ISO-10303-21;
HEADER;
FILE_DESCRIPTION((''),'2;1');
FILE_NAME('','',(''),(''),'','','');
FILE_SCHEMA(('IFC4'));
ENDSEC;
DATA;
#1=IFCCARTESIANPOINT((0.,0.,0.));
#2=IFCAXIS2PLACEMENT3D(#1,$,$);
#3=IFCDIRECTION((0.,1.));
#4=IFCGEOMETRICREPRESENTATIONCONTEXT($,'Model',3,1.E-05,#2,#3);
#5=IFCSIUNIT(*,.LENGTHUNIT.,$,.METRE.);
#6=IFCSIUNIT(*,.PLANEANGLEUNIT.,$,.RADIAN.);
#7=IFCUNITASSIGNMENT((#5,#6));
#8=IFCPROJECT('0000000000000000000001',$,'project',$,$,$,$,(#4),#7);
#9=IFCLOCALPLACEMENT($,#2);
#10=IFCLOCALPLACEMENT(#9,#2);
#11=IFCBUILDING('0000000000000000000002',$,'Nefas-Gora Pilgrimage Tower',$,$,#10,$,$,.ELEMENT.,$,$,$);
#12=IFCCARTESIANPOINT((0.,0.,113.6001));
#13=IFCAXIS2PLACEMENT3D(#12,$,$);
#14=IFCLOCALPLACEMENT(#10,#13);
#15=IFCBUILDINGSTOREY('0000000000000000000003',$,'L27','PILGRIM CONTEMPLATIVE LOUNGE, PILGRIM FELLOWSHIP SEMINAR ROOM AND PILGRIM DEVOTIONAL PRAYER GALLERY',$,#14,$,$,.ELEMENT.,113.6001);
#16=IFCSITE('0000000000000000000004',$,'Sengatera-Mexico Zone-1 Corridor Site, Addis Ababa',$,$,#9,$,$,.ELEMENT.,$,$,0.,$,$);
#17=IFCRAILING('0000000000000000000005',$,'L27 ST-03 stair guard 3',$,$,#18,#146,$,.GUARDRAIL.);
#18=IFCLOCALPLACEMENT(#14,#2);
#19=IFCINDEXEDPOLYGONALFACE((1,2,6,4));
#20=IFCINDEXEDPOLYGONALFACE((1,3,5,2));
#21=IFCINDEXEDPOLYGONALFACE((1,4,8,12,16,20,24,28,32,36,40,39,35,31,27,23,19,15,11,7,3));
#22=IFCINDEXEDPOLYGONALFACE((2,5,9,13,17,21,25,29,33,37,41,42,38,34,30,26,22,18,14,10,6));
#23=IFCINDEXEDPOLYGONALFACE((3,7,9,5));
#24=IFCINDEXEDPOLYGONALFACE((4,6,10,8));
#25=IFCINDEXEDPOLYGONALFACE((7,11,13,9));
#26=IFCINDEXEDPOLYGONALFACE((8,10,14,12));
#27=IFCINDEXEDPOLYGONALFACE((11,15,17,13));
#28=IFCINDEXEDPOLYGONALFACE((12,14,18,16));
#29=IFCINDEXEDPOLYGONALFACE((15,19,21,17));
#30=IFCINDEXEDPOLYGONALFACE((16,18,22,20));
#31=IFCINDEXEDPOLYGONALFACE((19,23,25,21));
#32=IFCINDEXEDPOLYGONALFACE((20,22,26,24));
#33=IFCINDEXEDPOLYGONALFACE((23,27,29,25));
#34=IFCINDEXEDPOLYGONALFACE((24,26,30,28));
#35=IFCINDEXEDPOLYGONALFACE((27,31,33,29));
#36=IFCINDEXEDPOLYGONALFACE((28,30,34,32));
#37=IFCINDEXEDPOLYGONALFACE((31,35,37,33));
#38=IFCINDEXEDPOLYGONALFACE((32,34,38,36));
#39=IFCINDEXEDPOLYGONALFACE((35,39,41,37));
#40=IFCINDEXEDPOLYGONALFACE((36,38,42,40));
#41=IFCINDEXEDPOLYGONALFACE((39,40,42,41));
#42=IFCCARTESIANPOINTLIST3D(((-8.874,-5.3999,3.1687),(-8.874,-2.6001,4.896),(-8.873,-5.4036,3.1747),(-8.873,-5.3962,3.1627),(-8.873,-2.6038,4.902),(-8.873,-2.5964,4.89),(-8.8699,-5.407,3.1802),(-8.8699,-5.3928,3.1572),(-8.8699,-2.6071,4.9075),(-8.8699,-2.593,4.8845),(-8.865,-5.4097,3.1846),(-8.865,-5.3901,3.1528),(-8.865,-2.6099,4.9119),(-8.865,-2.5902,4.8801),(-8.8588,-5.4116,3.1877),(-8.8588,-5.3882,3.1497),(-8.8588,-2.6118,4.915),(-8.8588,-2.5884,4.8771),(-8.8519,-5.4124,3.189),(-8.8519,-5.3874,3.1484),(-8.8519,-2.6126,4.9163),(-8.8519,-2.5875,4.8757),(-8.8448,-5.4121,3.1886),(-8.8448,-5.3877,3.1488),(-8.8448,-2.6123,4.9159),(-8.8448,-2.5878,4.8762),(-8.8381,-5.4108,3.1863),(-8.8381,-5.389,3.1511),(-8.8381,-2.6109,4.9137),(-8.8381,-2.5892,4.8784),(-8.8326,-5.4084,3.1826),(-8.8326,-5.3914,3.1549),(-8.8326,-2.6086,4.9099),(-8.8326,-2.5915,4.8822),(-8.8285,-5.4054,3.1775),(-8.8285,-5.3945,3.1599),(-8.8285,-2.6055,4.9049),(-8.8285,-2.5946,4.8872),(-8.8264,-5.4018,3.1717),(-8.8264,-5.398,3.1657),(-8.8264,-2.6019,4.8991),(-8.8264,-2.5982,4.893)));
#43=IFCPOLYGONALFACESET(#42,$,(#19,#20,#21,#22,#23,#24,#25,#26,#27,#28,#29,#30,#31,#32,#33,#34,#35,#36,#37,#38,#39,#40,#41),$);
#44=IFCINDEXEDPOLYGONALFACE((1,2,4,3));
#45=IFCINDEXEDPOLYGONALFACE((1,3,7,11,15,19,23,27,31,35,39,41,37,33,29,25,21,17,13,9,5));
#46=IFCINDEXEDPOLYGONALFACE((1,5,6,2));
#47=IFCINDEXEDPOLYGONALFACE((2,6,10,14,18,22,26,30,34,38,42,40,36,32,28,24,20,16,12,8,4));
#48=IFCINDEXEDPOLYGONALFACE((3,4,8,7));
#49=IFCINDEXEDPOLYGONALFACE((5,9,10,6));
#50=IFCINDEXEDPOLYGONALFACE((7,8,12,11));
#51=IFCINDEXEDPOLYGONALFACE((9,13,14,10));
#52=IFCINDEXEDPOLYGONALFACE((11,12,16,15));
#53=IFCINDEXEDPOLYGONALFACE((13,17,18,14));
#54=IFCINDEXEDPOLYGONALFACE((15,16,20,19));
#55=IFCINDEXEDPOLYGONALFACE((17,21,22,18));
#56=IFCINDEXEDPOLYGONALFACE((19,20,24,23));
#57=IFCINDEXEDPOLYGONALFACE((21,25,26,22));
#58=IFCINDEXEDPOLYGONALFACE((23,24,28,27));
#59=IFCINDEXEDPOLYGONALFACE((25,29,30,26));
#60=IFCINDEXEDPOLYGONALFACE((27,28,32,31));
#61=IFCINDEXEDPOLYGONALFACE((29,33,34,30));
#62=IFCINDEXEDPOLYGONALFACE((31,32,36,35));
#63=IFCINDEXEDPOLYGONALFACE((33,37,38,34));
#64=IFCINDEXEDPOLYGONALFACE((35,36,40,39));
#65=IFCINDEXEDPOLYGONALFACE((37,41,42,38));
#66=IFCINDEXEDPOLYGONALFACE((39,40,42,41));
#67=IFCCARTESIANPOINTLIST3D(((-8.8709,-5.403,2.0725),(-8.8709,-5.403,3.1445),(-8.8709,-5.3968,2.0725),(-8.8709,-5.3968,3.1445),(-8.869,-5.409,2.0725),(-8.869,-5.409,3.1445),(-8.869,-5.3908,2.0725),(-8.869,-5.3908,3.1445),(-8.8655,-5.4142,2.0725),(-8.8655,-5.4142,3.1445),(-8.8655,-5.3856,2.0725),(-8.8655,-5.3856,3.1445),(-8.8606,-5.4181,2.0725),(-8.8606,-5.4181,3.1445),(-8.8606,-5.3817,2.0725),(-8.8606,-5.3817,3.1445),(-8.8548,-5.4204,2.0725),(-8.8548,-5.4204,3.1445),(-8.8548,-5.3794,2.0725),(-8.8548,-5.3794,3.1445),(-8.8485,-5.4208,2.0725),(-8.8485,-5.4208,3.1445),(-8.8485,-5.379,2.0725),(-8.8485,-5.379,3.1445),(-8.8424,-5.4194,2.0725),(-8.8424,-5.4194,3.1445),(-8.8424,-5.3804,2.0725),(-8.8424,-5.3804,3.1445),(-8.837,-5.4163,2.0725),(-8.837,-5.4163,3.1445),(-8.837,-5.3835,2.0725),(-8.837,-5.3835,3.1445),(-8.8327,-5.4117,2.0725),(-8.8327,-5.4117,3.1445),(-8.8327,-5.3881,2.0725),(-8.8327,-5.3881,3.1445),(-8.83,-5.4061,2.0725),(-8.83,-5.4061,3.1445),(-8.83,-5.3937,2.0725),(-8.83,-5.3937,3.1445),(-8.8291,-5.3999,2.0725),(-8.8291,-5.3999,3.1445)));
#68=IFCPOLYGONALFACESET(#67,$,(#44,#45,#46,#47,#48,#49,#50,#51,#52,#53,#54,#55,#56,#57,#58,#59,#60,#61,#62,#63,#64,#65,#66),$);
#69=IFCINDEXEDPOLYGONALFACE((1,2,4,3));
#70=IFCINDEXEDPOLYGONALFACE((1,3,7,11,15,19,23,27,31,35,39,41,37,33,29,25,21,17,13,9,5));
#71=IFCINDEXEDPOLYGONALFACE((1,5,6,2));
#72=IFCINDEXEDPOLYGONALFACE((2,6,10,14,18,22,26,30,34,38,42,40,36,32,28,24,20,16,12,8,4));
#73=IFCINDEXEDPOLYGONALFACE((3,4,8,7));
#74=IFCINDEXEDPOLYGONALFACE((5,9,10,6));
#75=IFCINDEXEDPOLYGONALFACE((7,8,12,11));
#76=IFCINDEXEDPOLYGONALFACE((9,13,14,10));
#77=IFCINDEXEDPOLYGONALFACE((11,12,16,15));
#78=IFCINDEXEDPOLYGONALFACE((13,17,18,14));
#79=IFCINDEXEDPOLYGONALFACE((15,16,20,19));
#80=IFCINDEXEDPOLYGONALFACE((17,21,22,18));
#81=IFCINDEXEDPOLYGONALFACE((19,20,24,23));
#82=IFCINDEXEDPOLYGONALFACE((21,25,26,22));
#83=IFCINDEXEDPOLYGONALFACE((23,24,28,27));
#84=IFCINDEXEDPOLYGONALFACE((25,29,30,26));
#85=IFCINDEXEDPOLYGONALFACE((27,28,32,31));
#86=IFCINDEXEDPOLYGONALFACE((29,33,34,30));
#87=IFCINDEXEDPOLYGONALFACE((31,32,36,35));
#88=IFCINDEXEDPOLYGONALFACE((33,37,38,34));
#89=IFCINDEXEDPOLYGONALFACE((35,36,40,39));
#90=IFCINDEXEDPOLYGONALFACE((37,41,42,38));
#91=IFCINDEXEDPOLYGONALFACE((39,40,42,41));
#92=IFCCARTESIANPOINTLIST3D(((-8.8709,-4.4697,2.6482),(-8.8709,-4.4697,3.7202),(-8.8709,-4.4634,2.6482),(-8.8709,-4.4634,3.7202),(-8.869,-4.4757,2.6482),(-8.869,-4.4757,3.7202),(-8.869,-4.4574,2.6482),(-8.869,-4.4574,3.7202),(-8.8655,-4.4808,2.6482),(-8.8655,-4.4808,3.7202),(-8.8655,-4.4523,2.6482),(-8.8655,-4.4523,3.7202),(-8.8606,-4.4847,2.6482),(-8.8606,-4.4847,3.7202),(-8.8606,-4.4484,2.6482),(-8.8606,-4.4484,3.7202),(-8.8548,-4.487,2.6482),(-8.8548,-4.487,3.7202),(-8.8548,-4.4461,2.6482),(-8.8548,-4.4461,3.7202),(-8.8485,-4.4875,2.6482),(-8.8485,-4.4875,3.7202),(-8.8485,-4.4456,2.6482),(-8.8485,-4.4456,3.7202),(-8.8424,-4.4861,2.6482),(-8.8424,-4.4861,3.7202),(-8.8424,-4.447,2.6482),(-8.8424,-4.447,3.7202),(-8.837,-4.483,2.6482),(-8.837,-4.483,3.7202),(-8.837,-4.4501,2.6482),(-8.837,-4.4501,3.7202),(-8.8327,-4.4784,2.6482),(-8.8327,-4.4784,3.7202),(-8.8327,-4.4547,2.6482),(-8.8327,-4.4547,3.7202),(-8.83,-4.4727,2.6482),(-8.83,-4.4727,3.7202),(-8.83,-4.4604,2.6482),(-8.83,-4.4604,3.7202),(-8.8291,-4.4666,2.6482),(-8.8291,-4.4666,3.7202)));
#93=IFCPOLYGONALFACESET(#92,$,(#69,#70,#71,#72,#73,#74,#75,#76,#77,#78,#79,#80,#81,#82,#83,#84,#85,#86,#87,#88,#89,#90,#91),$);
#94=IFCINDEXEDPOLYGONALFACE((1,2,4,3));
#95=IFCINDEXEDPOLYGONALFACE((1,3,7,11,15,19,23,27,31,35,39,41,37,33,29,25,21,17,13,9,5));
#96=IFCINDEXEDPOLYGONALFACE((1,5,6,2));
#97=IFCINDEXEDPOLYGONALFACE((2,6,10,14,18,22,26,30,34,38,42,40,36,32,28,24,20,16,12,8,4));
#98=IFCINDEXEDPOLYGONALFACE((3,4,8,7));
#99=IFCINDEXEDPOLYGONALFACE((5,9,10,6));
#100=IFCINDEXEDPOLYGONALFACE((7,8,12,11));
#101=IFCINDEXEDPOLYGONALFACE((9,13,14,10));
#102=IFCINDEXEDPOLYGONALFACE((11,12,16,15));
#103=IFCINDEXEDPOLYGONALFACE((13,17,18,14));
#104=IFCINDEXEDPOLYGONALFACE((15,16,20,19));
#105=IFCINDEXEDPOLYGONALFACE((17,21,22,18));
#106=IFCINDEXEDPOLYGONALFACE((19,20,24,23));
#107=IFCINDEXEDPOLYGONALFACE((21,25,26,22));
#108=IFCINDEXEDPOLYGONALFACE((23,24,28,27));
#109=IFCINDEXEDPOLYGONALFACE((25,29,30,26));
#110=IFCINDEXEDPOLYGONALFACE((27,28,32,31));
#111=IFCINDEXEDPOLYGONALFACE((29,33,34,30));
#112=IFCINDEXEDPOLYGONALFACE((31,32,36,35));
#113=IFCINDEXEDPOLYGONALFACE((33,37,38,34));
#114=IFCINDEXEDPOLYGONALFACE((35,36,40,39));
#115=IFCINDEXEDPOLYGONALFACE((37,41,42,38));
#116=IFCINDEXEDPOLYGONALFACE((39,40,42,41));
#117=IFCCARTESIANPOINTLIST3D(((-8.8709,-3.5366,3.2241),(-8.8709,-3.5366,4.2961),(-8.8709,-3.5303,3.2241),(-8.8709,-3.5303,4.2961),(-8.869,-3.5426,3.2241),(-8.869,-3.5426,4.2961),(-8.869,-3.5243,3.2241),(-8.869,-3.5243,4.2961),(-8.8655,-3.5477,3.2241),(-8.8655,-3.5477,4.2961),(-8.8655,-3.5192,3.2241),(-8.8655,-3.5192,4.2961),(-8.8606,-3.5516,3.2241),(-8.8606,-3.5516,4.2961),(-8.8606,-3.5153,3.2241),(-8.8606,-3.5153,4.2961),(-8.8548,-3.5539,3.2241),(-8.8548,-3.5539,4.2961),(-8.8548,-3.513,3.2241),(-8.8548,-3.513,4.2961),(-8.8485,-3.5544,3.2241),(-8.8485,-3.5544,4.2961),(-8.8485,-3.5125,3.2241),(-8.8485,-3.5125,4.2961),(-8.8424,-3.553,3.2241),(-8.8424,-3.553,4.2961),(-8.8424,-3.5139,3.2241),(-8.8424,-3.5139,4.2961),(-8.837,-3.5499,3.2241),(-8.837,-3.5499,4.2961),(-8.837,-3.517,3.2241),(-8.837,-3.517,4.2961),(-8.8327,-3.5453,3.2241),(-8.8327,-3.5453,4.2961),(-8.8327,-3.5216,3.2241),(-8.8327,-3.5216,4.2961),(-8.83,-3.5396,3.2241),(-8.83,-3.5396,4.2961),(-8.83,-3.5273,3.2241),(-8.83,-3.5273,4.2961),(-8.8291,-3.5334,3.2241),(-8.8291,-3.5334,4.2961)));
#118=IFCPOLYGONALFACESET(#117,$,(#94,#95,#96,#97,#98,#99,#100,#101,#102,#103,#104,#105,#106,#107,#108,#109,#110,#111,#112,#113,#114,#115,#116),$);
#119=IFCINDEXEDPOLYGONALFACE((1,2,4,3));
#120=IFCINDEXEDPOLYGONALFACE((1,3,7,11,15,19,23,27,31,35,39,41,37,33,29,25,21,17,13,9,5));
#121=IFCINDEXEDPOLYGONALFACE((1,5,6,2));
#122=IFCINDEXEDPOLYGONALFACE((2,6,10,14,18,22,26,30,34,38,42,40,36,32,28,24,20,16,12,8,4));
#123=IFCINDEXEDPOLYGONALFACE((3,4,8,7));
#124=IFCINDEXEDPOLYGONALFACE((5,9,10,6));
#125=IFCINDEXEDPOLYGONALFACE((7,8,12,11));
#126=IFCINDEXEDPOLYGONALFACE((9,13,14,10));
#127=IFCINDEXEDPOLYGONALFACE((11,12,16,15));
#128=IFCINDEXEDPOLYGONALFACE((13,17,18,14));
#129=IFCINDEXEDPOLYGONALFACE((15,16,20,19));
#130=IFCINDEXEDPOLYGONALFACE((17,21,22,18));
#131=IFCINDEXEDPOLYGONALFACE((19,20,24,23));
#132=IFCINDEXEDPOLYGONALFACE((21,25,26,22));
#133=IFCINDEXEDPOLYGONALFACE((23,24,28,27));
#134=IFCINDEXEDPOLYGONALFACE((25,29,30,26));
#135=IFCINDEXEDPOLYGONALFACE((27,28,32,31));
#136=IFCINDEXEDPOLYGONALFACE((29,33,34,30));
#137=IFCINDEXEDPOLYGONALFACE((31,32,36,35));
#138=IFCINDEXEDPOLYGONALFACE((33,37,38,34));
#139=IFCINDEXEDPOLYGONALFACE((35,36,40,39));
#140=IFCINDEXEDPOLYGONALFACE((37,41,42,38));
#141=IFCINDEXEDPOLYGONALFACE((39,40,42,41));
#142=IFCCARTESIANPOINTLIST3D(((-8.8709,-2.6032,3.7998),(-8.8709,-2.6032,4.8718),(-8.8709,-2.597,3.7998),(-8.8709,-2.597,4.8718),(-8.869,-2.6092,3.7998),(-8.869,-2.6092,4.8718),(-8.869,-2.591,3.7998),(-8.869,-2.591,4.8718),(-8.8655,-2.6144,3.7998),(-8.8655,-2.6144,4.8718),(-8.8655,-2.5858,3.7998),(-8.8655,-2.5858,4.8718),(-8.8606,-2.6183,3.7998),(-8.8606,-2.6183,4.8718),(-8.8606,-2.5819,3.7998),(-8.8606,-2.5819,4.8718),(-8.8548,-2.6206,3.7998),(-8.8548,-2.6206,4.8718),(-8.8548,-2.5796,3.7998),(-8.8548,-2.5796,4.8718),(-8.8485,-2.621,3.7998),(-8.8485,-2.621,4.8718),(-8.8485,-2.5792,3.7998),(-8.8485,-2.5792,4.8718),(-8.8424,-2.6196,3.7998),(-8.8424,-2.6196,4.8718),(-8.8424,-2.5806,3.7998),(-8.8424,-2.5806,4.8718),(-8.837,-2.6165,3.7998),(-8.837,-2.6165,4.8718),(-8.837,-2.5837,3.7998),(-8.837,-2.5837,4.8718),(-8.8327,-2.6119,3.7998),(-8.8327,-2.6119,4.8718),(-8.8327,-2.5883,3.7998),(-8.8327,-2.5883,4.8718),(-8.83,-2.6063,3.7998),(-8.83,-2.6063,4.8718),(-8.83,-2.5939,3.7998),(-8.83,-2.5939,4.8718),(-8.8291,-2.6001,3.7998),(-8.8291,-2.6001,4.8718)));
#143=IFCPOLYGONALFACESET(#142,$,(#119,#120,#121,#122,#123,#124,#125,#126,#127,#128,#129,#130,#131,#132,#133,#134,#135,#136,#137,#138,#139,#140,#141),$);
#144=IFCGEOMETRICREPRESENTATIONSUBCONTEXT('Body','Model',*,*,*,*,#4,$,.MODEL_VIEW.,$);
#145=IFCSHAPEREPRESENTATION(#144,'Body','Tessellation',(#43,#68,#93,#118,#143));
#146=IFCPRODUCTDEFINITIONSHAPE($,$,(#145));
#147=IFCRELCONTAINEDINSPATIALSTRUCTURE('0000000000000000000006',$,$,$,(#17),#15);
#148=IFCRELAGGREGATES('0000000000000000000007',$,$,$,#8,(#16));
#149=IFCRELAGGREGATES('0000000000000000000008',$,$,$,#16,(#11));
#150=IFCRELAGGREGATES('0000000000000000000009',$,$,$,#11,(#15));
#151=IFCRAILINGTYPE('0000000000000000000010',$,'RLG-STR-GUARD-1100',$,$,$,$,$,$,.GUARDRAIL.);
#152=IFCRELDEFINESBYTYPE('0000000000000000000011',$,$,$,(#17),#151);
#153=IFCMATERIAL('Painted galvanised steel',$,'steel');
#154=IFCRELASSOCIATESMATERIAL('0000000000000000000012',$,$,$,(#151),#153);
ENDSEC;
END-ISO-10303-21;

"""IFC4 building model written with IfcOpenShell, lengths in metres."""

from ifc_helpers import new_model, si_unit, direction, frame, origin, origin_2d, place, context, subcontext, project, spatial, circle, extrude, material, type_object, element, save


model = new_model("IFC4")

# Units and contexts
model_context = context("Model", 3, precision=1e-05, world=origin(), true_north=direction((0.0, 1.0)))
body_context = subcontext(model_context, "Body", "Model", "MODEL_VIEW")
ifc_project = project(units=[si_unit("LENGTHUNIT", "METRE"), si_unit("PLANEANGLEUNIT", "RADIAN")], contexts=[model_context])

# Site, building, storey
site_placement = place(None, origin())
site = spatial("IfcSite", under=ifc_project, at=site_placement, Name="Sengatera-Mexico Zone-1 Corridor Site, Addis Ababa", CompositionType="ELEMENT", RefElevation=0.0)
building_placement = place(site_placement, origin())
building = spatial("IfcBuilding", under=site, at=building_placement, Name="Nefas-Gora Pilgrimage Tower", CompositionType="ELEMENT")
storey_placement = place(building_placement, frame((0.0, 0.0, 113.6001)))
storey = spatial("IfcBuildingStorey", under=building, at=storey_placement, Name="L27", Description="PILGRIM CONTEMPLATIVE LOUNGE, PILGRIM FELLOWSHIP SEMINAR ROOM AND PILGRIM DEVOTIONAL PRAYER GALLERY", CompositionType="ELEMENT", Elevation=113.6001)

# Railing
ifc_material_1 = material(Name="Painted galvanised steel", Category="steel")
railing_type_1 = type_object("IfcRailingType", Name="RLG-STR-GUARD-1100", PredefinedType="GUARDRAIL", material=ifc_material_1)
railing_1_placement = place(storey_placement, frame((-8.8501, -5.3999, 2.0725)))
element("IfcRailing", 1, at=railing_1_placement, inside=storey, type_object=railing_type_1, Name="L27 ST-03 stair guard 3", PredefinedType="GUARDRAIL", context=body_context, shape_type="SweptSolid", body=[
    extrude(circle(Radius=0.0239, at=origin_2d()), frame((0.0, 0.0, 1.0962), z_axis=(0.0, 0.851069, 0.525054), x_axis=(-1.0, 0.0, 0.0)), (0.0, 0.0, 1.0), 3.2898),
    extrude(circle(Radius=0.021, at=origin_2d()), origin(), (0.0, 0.0, 1.0), 1.072),
    extrude(circle(Radius=0.021, at=origin_2d()), frame((0.0, 0.9333, 0.5757)), (0.0, 0.0, 1.0), 1.072),
    extrude(circle(Radius=0.021, at=origin_2d()), frame((0.0, 1.8665, 1.1516)), (0.0, 0.0, 1.0), 1.072),
    extrude(circle(Radius=0.021, at=origin_2d()), frame((0.0, 2.7998, 1.7273)), (0.0, 0.0, 1.0), 1.072),
])

save(model, "model.ifc")
